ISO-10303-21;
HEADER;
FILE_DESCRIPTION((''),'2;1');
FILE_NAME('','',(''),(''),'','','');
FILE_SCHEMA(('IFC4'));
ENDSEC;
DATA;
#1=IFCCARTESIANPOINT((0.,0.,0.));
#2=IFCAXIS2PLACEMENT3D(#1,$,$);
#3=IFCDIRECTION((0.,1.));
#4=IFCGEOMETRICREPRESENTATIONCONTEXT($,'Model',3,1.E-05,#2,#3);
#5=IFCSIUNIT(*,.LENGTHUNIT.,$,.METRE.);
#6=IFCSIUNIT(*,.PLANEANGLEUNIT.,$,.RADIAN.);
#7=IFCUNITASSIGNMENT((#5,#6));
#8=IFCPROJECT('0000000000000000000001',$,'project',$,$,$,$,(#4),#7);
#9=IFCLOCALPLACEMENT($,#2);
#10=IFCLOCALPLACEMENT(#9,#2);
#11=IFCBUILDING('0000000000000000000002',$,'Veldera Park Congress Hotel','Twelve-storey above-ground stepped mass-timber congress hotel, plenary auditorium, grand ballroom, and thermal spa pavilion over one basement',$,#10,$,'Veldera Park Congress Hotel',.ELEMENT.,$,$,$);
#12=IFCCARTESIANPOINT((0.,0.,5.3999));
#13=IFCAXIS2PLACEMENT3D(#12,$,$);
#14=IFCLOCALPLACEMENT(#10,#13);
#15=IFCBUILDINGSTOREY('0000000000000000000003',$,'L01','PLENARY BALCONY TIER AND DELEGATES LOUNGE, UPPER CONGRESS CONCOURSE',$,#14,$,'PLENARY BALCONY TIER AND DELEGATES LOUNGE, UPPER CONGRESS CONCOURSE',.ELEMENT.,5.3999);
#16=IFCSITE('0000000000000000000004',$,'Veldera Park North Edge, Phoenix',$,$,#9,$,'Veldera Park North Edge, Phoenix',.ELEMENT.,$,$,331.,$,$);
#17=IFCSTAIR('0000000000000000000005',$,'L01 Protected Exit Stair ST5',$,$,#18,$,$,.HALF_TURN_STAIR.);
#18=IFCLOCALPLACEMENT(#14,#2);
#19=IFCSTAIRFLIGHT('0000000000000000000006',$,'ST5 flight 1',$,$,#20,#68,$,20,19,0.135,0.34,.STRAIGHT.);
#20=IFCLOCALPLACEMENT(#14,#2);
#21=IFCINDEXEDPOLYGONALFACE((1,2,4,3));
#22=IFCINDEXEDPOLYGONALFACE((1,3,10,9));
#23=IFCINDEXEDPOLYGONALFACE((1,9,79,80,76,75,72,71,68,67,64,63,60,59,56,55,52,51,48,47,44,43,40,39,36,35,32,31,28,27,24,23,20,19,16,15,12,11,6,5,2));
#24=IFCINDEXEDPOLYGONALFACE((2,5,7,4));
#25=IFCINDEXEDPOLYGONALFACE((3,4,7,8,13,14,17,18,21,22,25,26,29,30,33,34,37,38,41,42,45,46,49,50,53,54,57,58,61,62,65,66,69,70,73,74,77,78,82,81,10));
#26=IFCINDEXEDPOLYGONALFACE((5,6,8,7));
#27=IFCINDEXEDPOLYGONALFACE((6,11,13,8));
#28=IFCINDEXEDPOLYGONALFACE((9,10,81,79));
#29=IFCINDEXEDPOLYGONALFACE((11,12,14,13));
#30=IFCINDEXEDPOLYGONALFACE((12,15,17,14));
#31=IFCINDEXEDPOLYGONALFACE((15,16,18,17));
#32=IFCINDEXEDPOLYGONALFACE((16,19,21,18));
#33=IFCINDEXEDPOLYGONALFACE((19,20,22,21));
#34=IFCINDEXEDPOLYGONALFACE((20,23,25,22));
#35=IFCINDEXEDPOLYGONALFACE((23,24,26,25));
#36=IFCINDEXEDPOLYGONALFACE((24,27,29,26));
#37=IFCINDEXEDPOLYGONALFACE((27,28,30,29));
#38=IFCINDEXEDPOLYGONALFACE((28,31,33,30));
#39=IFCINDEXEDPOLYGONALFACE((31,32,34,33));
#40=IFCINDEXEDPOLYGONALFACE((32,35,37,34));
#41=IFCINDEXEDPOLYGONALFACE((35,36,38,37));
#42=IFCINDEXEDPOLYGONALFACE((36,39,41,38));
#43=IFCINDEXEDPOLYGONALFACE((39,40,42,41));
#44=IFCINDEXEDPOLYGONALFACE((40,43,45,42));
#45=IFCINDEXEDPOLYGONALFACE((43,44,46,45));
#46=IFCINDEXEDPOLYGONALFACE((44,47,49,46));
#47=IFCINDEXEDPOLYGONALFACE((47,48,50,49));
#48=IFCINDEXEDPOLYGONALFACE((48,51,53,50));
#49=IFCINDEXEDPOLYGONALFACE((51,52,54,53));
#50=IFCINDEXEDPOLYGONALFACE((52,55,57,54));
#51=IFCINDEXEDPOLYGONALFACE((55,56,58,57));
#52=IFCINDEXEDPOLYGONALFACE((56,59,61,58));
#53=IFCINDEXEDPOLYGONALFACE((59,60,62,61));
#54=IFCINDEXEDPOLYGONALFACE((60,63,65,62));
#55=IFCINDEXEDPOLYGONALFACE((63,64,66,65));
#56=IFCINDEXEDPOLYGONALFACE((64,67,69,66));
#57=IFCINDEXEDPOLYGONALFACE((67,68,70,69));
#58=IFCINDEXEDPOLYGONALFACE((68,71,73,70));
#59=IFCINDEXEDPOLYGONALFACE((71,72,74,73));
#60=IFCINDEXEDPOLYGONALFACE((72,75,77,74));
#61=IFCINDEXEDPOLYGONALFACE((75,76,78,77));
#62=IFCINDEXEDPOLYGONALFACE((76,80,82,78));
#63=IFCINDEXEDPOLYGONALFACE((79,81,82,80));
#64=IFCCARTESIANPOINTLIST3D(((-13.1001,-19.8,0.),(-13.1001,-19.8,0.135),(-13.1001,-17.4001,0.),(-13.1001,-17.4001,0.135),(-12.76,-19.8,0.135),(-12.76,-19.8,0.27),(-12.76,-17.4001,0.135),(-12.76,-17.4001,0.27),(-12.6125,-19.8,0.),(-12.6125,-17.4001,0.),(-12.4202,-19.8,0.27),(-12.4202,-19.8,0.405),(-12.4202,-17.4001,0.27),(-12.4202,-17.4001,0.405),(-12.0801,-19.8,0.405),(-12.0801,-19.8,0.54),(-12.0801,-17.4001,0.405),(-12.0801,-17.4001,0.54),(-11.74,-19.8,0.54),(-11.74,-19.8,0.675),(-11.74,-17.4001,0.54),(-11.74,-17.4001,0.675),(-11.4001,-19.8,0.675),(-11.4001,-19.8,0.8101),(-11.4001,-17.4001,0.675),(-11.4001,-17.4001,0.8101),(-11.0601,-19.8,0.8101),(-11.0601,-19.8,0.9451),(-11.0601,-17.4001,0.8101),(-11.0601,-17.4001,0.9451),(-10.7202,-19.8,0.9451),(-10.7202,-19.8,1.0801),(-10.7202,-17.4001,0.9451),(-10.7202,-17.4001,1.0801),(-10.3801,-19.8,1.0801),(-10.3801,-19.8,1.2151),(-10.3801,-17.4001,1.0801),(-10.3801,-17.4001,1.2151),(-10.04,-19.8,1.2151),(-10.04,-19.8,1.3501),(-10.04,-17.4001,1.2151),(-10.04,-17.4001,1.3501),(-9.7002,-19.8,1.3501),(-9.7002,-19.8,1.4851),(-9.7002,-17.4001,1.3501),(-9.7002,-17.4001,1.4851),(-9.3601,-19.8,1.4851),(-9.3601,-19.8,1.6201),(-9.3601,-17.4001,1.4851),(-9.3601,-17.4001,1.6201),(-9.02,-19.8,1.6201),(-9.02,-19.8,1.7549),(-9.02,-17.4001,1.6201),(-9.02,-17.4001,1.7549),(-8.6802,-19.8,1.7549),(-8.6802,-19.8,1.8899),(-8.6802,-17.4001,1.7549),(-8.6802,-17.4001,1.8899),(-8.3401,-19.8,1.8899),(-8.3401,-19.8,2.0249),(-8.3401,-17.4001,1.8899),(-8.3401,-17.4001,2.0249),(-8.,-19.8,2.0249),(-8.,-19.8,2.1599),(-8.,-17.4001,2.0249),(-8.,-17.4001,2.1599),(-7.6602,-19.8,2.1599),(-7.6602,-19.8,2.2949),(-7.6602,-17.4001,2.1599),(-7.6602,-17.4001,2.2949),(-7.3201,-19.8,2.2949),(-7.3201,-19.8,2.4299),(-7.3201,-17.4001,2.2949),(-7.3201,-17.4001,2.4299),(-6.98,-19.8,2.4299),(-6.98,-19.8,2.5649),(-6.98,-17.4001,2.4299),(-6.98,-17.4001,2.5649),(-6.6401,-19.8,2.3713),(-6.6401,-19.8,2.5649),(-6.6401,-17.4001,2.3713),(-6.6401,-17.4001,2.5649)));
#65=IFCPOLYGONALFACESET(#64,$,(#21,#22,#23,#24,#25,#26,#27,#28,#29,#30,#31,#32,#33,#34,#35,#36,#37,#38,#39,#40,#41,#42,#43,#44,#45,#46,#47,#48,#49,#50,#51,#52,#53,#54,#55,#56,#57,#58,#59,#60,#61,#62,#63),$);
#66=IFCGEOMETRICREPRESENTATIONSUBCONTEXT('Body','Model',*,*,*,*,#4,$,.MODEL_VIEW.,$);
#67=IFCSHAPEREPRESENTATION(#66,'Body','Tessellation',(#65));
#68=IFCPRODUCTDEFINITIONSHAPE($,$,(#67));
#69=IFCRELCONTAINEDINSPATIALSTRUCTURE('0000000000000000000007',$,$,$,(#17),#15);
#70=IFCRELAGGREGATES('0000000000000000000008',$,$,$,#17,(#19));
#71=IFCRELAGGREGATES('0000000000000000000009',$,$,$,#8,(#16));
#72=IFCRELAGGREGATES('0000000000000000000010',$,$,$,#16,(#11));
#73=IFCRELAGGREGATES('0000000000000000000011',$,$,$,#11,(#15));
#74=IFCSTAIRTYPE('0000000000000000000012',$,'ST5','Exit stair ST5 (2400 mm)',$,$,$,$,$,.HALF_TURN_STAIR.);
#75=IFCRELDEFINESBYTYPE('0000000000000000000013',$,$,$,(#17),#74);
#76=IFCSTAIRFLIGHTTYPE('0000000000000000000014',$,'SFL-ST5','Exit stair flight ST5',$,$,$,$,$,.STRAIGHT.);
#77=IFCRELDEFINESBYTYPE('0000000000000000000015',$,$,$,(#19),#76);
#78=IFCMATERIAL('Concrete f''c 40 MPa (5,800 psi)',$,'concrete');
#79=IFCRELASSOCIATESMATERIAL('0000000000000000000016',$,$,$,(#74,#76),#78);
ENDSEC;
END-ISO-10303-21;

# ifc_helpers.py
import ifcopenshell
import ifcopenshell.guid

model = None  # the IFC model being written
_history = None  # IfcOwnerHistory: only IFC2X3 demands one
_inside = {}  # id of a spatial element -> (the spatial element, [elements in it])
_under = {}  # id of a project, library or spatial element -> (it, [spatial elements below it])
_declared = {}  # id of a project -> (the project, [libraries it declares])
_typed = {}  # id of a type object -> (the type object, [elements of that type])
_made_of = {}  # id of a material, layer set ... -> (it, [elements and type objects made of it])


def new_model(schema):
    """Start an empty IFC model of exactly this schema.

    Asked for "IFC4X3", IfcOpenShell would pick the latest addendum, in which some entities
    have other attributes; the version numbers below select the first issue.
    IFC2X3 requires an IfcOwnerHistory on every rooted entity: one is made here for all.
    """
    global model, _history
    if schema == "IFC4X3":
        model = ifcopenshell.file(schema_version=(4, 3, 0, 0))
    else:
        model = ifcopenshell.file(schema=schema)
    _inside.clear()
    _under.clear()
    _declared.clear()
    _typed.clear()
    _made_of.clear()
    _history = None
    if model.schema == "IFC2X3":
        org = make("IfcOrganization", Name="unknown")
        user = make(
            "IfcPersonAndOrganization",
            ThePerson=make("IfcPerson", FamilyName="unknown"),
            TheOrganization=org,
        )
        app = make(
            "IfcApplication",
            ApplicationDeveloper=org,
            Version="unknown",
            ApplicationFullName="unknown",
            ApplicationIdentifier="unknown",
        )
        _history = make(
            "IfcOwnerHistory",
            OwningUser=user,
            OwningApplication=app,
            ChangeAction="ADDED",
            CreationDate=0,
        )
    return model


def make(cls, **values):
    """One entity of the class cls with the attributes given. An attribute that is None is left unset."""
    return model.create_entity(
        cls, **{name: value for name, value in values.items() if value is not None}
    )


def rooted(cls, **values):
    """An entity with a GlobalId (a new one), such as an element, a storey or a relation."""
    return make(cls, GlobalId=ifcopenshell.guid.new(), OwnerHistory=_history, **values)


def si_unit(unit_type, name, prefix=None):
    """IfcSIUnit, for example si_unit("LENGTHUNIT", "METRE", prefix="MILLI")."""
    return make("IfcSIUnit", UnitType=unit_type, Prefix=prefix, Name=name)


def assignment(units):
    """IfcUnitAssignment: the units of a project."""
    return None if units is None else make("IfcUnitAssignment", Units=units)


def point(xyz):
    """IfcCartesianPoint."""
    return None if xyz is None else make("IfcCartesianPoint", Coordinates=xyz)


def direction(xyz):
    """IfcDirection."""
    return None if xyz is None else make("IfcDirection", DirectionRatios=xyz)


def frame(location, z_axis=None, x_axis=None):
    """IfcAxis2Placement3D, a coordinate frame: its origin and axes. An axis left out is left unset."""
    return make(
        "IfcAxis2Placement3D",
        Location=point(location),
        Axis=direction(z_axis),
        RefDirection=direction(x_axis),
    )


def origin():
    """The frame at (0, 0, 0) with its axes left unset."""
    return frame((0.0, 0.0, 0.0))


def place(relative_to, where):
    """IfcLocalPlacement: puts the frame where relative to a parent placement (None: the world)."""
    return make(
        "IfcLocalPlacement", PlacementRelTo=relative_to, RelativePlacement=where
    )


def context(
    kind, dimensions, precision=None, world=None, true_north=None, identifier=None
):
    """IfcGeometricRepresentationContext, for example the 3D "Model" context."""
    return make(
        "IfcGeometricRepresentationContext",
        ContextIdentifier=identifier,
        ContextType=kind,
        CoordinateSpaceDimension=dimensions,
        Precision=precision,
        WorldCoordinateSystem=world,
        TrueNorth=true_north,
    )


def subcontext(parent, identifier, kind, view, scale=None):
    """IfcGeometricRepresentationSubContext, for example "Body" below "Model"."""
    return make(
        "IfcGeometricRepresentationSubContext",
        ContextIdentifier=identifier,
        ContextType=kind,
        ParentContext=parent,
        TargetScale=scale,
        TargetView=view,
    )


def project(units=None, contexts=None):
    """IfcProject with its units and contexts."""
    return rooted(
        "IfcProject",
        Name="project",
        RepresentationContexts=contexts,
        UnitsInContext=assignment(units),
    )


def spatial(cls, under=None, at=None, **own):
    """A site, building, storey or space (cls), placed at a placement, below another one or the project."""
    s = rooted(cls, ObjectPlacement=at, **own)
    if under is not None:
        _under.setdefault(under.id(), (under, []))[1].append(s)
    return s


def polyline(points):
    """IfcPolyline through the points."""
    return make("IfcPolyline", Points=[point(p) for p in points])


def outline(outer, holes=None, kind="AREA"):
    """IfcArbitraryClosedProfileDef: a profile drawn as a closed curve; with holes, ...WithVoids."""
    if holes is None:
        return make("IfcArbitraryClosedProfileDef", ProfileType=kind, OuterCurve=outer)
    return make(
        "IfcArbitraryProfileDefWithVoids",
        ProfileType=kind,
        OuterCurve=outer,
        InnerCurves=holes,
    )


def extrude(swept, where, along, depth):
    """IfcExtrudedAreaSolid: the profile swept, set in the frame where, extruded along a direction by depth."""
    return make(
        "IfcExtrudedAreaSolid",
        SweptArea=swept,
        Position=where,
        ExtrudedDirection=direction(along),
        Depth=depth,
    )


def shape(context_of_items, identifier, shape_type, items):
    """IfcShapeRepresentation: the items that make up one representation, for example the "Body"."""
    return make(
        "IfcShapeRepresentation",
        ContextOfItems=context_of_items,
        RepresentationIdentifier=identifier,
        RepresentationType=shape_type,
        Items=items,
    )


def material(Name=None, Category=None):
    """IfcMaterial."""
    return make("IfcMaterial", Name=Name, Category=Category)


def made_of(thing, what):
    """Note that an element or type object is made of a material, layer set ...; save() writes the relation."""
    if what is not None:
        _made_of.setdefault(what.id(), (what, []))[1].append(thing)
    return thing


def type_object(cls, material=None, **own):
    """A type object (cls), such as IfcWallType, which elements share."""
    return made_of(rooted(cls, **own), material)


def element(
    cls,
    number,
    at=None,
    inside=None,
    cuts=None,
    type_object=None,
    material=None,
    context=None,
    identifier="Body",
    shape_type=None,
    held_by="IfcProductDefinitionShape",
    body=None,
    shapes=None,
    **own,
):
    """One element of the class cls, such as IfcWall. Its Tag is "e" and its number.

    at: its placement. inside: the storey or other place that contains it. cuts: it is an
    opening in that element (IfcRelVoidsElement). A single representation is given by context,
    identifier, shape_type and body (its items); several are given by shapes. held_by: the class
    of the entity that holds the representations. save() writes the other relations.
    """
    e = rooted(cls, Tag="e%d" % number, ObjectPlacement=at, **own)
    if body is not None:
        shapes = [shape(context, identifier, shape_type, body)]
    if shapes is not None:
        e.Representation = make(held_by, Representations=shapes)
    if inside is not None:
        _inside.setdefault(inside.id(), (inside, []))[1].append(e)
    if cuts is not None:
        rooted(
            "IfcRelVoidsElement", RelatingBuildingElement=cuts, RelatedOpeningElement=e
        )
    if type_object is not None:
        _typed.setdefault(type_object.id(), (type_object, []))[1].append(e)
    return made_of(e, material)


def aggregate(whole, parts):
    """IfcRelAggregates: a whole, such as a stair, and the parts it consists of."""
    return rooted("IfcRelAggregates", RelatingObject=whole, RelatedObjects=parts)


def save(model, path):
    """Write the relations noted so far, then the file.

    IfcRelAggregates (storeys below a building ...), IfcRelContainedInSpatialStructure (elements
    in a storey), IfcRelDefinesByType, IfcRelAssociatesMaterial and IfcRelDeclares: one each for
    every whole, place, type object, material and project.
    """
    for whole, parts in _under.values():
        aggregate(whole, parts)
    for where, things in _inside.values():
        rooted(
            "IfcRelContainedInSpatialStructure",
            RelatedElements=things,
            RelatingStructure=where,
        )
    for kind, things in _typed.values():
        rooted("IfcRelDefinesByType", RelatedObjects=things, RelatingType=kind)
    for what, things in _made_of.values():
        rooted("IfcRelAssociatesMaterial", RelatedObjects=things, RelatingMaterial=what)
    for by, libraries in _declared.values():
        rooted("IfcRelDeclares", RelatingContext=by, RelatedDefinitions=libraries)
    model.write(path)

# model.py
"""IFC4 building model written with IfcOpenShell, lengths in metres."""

from ifc_helpers import new_model, si_unit, direction, frame, origin, place, context, subcontext, project, spatial, polyline, outline, extrude, material, type_object, element, aggregate, save


model = new_model("IFC4")

# Units and contexts
model_context = context("Model", 3, precision=1e-05, world=origin(), true_north=direction((0.0, 1.0)))
body_context = subcontext(model_context, "Body", "Model", "MODEL_VIEW")
ifc_project = project(units=[si_unit("LENGTHUNIT", "METRE"), si_unit("PLANEANGLEUNIT", "RADIAN")], contexts=[model_context])

# Site, building, storey
site_placement = place(None, origin())
site = spatial("IfcSite", under=ifc_project, at=site_placement, Name="Veldera Park North Edge, Phoenix", LongName="Veldera Park North Edge, Phoenix", CompositionType="ELEMENT", RefElevation=331.0)
building_placement = place(site_placement, origin())
building = spatial("IfcBuilding", under=site, at=building_placement, Name="Veldera Park Congress Hotel", Description="Twelve-storey above-ground stepped mass-timber congress hotel, plenary auditorium, grand ballroom, and thermal spa pavilion over one basement", LongName="Veldera Park Congress Hotel", CompositionType="ELEMENT")
storey_placement = place(building_placement, frame((0.0, 0.0, 5.3999)))
storey = spatial("IfcBuildingStorey", under=building, at=storey_placement, Name="L01", Description="PLENARY BALCONY TIER AND DELEGATES LOUNGE, UPPER CONGRESS CONCOURSE", LongName="PLENARY BALCONY TIER AND DELEGATES LOUNGE, UPPER CONGRESS CONCOURSE", CompositionType="ELEMENT", Elevation=5.3999)

# Shared definitions
ifc_material_1 = material(Name="Concrete f'c 40 MPa (5,800 psi)", Category="concrete")

# Stair, stair flight
stair_type = type_object("IfcStairType", Name="ST5", Description="Exit stair ST5 (2400 mm)", PredefinedType="HALF_TURN_STAIR", material=ifc_material_1)
stair_placement = place(storey_placement, origin())
stair = element("IfcStair", 1, at=stair_placement, inside=storey, type_object=stair_type, Name="L01 Protected Exit Stair ST5", PredefinedType="HALF_TURN_STAIR")
stair_flight_type = type_object("IfcStairFlightType", Name="SFL-ST5", Description="Exit stair flight ST5", PredefinedType="STRAIGHT", material=ifc_material_1)
stair_flight_placement = place(storey_placement, frame((-13.1001, -18.6001, 0.0), z_axis=(0.0, 0.0, 1.0), x_axis=(1.0, 0.0, 0.0)))
stair_flight = element("IfcStairFlight", 2, at=stair_flight_placement, type_object=stair_flight_type, Name="ST5 flight 1", NumberOfRisers=20, NumberOfTreads=19, PredefinedType="STRAIGHT", RiserHeight=0.135, TreadLength=0.34, context=body_context, shape_type="SweptSolid", body=[
    extrude(outline(polyline([(0.0, 0.0), (0.0, 0.135), (0.3401, 0.135), (0.3401, 0.27), (0.6799, 0.27), (0.6799, 0.405), (1.02, 0.405), (1.02, 0.54), (1.3601, 0.54), (1.3601, 0.675), (1.7, 0.675), (1.7, 0.8101), (2.04, 0.8101), (2.04, 0.9451), (2.3799, 0.9451), (2.3799, 1.0801), (2.72, 1.0801), (2.72, 1.2151), (3.0601, 1.2151), (3.0601, 1.3501), (3.3999, 1.3501), (3.3999, 1.4851), (3.74, 1.4851), (3.74, 1.6201), (4.0801, 1.6201), (4.0801, 1.7549), (4.4199, 1.7549), (4.4199, 1.8899), (4.76, 1.8899), (4.76, 2.0249), (5.1001, 2.0249), (5.1001, 2.1599), (5.4399, 2.1599), (5.4399, 2.2949), (5.78, 2.2949), (5.78, 2.4299), (6.1201, 2.4299), (6.1201, 2.5649), (6.46, 2.5649), (6.46, 2.7), (6.46, 2.7), (6.46, 2.3713), (0.4875, 0.0), (0.0, 0.0)])), frame((0.0, 1.2, 0.0), z_axis=(0.0, -1.0, 0.0), x_axis=(1.0, 0.0, 0.0)), (0.0, 0.0, 1.0), 2.3999),
])
aggregate(stair, [stair_flight])

save(model, "model.ifc")
